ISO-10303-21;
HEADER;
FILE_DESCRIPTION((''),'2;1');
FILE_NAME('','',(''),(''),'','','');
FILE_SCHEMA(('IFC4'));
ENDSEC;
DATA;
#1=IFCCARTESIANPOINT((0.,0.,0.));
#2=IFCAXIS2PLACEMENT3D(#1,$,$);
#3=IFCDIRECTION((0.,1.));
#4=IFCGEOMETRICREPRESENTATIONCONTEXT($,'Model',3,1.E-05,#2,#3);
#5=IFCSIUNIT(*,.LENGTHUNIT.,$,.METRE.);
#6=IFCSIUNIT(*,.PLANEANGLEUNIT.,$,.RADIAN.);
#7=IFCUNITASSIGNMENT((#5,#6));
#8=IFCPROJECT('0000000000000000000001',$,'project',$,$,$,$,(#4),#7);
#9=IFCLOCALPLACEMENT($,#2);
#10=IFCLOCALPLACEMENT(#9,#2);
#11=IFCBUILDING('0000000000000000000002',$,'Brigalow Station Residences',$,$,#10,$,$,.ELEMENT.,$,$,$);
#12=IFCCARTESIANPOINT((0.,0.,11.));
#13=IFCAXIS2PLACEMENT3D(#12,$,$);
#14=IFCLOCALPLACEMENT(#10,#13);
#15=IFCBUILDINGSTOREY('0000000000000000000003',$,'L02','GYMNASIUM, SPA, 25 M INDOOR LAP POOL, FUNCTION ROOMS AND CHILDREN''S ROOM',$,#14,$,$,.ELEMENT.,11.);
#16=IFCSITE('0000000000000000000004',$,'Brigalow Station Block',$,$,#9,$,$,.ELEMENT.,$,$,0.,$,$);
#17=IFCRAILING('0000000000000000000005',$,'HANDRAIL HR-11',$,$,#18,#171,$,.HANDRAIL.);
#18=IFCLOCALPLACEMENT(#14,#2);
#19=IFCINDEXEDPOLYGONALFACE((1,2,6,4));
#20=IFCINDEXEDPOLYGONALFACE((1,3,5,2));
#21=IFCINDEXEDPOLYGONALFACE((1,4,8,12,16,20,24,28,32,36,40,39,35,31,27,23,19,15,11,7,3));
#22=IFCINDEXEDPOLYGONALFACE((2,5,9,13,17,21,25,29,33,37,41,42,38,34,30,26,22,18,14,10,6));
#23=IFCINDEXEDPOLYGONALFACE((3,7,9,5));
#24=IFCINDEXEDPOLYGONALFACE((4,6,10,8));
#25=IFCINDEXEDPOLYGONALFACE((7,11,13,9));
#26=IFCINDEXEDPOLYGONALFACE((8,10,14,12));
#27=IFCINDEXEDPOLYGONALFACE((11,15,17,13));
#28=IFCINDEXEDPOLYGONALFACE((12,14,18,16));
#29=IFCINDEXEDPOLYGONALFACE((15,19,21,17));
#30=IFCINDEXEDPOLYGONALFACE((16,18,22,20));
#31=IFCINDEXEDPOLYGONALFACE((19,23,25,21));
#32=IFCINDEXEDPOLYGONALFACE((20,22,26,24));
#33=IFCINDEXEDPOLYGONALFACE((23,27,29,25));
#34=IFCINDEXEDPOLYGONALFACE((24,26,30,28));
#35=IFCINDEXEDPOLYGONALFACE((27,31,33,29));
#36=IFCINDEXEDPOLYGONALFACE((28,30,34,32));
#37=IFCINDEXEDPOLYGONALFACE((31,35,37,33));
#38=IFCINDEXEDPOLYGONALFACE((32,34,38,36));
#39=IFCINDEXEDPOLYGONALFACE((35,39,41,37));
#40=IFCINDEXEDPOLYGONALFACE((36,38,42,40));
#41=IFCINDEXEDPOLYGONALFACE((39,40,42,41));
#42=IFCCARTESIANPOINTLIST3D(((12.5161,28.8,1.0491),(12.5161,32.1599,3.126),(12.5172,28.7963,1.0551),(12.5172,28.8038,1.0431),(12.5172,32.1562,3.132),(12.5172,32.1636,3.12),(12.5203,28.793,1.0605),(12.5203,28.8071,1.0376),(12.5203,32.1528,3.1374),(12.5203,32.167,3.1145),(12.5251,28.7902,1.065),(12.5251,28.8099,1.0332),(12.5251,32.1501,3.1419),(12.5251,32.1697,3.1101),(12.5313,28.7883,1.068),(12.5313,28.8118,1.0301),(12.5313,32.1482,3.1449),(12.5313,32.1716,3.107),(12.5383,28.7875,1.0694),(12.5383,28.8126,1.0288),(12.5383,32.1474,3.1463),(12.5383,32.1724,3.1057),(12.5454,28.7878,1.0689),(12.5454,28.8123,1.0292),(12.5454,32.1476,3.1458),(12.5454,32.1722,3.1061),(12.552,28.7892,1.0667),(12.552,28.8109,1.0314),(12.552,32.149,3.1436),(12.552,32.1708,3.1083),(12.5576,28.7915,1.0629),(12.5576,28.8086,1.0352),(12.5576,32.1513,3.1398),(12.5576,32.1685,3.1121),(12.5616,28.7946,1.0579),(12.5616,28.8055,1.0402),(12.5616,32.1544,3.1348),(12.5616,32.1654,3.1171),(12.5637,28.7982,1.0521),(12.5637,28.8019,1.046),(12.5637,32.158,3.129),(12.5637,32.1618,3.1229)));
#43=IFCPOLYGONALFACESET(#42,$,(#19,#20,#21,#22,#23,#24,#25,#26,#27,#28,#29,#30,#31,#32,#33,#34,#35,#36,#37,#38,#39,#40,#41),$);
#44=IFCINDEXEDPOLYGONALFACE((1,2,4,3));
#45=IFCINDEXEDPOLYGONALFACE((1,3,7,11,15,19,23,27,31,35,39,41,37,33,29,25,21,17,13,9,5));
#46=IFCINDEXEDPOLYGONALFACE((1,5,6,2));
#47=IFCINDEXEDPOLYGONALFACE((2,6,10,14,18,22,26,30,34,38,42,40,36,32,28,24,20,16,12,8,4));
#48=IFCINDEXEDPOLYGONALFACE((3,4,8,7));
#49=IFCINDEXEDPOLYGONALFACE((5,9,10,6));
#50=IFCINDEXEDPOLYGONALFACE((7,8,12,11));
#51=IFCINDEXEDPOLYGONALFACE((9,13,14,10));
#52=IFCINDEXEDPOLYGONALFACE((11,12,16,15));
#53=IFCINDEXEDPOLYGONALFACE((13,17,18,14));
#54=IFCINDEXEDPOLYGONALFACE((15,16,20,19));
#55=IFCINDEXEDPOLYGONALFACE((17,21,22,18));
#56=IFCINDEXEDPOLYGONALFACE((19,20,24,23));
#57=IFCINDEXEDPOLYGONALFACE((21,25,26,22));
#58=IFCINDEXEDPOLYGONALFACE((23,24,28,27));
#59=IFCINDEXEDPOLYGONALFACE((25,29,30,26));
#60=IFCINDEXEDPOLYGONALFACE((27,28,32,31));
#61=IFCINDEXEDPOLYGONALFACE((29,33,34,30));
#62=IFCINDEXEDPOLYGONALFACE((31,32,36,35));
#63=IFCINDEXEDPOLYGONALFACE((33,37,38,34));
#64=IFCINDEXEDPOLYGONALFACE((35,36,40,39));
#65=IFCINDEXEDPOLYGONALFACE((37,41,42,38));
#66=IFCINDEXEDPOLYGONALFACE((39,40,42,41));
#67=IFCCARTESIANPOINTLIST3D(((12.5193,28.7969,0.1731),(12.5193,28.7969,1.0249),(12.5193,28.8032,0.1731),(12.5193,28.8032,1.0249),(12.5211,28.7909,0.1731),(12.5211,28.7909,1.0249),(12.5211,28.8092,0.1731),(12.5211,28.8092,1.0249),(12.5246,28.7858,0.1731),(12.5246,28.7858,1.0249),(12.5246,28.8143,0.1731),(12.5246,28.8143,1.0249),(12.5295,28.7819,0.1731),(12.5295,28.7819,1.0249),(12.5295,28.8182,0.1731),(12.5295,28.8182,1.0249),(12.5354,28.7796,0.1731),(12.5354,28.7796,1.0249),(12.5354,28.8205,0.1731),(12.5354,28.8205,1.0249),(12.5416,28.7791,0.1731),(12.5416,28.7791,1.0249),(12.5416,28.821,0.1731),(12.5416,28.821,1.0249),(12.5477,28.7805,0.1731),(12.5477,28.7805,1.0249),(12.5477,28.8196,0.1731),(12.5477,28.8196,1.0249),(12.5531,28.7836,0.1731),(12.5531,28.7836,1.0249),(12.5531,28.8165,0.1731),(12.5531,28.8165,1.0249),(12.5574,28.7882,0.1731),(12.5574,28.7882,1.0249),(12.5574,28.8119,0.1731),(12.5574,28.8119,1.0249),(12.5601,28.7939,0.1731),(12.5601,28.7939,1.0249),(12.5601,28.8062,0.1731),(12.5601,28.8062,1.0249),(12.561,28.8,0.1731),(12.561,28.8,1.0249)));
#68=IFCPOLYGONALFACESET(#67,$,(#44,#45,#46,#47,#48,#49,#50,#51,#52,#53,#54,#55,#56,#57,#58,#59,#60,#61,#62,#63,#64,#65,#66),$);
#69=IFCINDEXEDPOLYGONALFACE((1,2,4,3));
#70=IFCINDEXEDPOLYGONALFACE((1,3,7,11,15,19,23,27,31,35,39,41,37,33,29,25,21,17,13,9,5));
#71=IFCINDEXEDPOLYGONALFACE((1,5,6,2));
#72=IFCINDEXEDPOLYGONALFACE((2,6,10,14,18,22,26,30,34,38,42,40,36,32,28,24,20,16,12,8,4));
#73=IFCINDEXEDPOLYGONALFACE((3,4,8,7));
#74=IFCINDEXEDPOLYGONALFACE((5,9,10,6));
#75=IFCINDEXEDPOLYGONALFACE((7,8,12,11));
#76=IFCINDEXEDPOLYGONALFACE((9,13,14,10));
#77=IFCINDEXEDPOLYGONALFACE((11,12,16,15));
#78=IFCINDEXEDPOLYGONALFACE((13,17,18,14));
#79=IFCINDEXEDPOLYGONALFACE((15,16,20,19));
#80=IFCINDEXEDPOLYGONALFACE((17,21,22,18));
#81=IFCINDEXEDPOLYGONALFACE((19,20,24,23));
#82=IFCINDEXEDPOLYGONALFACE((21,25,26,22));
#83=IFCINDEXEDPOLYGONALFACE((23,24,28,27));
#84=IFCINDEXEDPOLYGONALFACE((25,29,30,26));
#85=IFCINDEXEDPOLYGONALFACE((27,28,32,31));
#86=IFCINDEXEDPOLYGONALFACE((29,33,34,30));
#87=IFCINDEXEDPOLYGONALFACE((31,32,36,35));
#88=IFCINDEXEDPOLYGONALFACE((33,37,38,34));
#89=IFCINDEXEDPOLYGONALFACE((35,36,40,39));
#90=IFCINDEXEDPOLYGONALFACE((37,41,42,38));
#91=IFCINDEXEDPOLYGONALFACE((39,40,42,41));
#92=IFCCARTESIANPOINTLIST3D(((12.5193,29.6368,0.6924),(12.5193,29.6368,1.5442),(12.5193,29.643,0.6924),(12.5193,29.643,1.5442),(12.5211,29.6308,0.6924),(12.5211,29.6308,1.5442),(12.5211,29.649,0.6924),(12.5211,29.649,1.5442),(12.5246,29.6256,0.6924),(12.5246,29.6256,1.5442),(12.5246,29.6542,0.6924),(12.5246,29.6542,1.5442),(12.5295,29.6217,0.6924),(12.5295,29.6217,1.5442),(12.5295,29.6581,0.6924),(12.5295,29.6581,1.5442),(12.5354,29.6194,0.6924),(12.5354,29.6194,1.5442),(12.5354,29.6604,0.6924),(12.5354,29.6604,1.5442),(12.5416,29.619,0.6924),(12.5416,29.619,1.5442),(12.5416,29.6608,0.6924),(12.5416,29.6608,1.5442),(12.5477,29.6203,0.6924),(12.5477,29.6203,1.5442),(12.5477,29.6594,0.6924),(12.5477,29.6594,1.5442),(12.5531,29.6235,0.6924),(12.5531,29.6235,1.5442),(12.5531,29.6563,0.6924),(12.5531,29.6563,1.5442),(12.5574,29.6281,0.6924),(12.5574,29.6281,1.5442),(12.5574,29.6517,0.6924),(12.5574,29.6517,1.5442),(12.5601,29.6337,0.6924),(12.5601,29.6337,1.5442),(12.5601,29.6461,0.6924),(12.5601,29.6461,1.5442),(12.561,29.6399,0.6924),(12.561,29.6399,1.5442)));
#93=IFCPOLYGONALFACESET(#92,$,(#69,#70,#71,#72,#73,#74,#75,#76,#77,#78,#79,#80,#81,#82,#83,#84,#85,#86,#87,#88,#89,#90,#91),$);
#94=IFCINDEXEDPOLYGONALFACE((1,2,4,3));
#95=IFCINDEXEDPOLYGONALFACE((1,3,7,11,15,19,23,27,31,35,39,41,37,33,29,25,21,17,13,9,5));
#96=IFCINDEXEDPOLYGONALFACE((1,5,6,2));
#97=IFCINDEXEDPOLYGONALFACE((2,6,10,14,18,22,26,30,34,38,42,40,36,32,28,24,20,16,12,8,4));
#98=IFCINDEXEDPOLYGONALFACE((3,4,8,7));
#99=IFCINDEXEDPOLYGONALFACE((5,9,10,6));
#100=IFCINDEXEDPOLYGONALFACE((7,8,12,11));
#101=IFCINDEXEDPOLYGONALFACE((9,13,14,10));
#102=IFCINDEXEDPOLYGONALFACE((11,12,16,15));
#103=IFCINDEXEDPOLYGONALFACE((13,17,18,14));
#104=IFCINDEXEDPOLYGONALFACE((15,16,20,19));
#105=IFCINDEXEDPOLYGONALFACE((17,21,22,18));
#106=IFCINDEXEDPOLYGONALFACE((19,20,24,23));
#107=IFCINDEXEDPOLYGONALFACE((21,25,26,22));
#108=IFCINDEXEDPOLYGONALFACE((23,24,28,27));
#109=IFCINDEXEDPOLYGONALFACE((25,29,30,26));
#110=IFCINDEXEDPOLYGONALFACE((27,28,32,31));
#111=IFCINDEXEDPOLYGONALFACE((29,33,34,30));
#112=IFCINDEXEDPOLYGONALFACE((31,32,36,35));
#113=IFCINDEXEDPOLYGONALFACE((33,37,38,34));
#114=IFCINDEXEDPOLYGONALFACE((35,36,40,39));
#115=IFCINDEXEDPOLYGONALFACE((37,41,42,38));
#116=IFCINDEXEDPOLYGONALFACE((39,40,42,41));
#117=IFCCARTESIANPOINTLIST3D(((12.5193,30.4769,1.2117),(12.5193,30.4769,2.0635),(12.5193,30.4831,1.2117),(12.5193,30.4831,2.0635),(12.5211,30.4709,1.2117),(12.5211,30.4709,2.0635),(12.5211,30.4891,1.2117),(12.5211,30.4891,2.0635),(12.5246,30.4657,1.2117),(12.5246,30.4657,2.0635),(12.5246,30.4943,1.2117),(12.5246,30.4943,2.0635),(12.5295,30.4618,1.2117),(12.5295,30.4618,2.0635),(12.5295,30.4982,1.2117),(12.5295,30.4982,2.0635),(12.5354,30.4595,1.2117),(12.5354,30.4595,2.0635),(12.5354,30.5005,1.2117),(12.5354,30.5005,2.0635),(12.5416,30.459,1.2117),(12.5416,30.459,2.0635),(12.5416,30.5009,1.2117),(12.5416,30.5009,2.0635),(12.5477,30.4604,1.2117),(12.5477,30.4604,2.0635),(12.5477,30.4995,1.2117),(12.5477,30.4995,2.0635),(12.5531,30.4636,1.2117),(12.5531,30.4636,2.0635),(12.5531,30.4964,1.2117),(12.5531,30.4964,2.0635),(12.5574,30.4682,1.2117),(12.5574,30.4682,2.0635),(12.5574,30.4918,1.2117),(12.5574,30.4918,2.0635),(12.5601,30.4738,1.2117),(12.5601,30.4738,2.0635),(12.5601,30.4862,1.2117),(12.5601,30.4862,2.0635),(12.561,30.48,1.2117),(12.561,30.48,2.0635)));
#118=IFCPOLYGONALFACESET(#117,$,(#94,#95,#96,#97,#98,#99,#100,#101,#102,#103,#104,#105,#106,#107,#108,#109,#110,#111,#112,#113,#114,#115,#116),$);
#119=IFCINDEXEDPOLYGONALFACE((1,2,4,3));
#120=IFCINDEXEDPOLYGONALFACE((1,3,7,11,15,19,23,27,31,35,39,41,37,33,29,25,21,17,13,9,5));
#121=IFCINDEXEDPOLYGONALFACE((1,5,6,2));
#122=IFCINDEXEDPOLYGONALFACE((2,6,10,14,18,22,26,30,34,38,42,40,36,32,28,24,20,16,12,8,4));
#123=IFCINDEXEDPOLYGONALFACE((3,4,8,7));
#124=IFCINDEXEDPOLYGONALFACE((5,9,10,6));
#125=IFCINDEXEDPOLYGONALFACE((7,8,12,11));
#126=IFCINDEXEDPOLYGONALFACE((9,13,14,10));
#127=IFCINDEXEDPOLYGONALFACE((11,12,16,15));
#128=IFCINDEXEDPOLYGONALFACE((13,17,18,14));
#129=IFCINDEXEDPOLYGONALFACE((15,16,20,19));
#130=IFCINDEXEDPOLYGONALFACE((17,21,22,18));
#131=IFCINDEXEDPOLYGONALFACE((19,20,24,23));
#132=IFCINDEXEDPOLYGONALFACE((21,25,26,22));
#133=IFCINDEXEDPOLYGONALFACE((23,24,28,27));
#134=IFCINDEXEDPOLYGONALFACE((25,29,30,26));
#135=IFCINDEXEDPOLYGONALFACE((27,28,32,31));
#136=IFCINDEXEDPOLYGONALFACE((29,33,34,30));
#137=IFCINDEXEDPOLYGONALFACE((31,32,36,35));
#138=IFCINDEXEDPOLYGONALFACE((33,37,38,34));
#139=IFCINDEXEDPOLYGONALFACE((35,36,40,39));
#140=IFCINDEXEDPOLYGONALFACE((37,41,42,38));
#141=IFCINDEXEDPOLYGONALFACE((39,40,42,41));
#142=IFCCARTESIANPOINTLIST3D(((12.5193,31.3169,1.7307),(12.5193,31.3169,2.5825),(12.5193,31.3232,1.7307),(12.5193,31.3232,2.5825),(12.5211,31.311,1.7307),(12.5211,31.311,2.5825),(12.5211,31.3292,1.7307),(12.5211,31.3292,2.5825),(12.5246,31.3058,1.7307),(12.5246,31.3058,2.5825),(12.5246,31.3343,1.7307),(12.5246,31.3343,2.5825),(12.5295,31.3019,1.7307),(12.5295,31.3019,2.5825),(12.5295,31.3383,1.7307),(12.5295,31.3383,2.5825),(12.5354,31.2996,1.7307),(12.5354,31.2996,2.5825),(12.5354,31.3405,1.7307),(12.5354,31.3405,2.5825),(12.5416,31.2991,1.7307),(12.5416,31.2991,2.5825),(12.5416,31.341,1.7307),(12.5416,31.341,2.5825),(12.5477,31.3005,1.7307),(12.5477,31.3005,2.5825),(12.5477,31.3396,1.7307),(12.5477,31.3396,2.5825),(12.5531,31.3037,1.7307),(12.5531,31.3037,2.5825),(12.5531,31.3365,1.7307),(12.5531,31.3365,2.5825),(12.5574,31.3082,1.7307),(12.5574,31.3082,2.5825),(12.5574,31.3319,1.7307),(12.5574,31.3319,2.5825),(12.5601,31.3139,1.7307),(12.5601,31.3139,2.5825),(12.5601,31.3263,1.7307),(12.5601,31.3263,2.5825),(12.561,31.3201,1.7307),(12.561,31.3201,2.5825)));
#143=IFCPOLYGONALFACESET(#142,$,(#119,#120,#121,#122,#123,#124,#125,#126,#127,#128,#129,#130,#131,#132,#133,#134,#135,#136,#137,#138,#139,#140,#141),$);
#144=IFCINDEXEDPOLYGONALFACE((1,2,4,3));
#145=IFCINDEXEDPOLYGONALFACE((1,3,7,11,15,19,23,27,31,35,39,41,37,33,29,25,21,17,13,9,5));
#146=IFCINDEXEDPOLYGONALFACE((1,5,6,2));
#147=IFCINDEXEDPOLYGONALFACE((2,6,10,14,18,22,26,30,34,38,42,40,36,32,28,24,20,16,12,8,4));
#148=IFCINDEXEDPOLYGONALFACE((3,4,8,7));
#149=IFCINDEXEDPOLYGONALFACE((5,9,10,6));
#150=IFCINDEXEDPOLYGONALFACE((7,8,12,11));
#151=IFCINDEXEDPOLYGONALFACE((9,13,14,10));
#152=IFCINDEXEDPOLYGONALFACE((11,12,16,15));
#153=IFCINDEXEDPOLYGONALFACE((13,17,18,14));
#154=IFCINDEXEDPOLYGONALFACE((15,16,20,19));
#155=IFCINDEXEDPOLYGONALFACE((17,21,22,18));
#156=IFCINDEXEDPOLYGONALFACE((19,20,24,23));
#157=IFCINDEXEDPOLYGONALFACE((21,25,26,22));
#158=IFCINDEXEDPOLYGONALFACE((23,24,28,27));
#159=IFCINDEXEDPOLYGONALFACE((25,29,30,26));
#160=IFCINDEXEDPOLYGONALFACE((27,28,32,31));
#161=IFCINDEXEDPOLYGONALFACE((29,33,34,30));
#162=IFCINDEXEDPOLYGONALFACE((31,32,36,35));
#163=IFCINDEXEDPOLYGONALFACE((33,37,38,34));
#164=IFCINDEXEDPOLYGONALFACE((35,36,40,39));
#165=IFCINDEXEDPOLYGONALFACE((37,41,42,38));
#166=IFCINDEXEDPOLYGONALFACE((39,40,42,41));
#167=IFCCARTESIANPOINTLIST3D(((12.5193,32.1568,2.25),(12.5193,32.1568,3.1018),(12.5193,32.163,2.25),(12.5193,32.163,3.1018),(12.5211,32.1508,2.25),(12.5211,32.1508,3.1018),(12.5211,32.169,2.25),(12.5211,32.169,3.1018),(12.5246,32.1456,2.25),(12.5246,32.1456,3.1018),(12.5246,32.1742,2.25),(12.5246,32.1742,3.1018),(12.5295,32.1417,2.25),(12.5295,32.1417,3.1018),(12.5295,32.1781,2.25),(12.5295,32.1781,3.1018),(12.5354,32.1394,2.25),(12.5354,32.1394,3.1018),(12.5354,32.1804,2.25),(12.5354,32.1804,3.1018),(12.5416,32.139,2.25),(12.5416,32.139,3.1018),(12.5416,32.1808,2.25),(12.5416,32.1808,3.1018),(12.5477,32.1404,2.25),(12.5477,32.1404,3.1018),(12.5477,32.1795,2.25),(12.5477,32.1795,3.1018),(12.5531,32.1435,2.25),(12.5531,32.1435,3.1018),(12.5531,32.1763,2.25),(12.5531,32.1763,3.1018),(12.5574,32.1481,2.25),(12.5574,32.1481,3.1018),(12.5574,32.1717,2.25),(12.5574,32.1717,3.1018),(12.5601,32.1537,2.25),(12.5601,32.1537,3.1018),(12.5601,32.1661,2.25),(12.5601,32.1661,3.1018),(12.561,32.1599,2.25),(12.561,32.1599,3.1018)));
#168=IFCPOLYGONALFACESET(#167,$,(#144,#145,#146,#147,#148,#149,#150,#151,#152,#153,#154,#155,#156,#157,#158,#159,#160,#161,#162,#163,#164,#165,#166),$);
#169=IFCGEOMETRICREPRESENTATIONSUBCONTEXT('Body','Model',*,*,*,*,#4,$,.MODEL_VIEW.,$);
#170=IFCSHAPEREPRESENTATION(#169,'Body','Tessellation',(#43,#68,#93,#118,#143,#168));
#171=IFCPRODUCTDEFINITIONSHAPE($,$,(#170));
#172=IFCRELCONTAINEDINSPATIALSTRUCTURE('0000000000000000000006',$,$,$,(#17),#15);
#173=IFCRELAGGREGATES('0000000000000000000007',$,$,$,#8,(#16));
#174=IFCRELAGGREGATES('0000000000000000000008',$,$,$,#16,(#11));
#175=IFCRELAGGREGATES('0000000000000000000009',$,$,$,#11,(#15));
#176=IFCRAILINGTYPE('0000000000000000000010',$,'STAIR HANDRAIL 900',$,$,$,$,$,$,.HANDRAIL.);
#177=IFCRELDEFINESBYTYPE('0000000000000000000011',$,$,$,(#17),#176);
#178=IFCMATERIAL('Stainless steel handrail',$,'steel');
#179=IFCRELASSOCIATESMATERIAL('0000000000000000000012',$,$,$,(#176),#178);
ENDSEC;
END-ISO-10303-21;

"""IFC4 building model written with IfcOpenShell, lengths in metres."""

from ifc_helpers import new_model, si_unit, direction, frame, origin, origin_2d, place, context, subcontext, project, spatial, circle, extrude, material, type_object, element, save


model = new_model("IFC4")

# Units and contexts
model_context = context("Model", 3, precision=1e-05, world=origin(), true_north=direction((0.0, 1.0)))
body_context = subcontext(model_context, "Body", "Model", "MODEL_VIEW")
ifc_project = project(units=[si_unit("LENGTHUNIT", "METRE"), si_unit("PLANEANGLEUNIT", "RADIAN")], contexts=[model_context])

# Site, building, storey
site_placement = place(None, origin())
site = spatial("IfcSite", under=ifc_project, at=site_placement, Name="Brigalow Station Block", CompositionType="ELEMENT", RefElevation=0.0)
building_placement = place(site_placement, origin())
building = spatial("IfcBuilding", under=site, at=building_placement, Name="Brigalow Station Residences", CompositionType="ELEMENT")
storey_placement = place(building_placement, frame((0.0, 0.0, 11.0)))
storey = spatial("IfcBuildingStorey", under=building, at=storey_placement, Name="L02", Description="GYMNASIUM, SPA, 25 M INDOOR LAP POOL, FUNCTION ROOMS AND CHILDREN'S ROOM", CompositionType="ELEMENT", Elevation=11.0)

# Railing
ifc_material_1 = material(Name="Stainless steel handrail", Category="steel")
railing_type_1 = type_object("IfcRailingType", Name="STAIR HANDRAIL 900", PredefinedType="HANDRAIL", material=ifc_material_1)
railing_1_placement = place(storey_placement, frame((12.54, 28.8, 0.1731)))
element("IfcRailing", 1, at=railing_1_placement, inside=storey, type_object=railing_type_1, Name="HANDRAIL HR-11", PredefinedType="HANDRAIL", context=body_context, shape_type="SweptSolid", body=[
    extrude(circle(Radius=0.0239, at=origin_2d()), frame((0.0, 0.0, 0.876), z_axis=(0.0, 0.850606, 0.525803), x_axis=(-1.0, 0.0, 0.0)), (0.0, 0.0, 1.0), 3.95),
    extrude(circle(Radius=0.021, at=origin_2d()), origin(), (0.0, 0.0, 1.0), 0.8518),
    extrude(circle(Radius=0.021, at=origin_2d()), frame((0.0, 0.8398, 0.5193)), (0.0, 0.0, 1.0), 0.8518),
    extrude(circle(Radius=0.021, at=origin_2d()), frame((0.0, 1.6799, 1.0386)), (0.0, 0.0, 1.0), 0.8518),
    extrude(circle(Radius=0.021, at=origin_2d()), frame((0.0, 2.52, 1.5576)), (0.0, 0.0, 1.0), 0.8518),
    extrude(circle(Radius=0.021, at=origin_2d()), frame((0.0, 3.3599, 2.0769)), (0.0, 0.0, 1.0), 0.8518),
])

save(model, "model.ifc")
